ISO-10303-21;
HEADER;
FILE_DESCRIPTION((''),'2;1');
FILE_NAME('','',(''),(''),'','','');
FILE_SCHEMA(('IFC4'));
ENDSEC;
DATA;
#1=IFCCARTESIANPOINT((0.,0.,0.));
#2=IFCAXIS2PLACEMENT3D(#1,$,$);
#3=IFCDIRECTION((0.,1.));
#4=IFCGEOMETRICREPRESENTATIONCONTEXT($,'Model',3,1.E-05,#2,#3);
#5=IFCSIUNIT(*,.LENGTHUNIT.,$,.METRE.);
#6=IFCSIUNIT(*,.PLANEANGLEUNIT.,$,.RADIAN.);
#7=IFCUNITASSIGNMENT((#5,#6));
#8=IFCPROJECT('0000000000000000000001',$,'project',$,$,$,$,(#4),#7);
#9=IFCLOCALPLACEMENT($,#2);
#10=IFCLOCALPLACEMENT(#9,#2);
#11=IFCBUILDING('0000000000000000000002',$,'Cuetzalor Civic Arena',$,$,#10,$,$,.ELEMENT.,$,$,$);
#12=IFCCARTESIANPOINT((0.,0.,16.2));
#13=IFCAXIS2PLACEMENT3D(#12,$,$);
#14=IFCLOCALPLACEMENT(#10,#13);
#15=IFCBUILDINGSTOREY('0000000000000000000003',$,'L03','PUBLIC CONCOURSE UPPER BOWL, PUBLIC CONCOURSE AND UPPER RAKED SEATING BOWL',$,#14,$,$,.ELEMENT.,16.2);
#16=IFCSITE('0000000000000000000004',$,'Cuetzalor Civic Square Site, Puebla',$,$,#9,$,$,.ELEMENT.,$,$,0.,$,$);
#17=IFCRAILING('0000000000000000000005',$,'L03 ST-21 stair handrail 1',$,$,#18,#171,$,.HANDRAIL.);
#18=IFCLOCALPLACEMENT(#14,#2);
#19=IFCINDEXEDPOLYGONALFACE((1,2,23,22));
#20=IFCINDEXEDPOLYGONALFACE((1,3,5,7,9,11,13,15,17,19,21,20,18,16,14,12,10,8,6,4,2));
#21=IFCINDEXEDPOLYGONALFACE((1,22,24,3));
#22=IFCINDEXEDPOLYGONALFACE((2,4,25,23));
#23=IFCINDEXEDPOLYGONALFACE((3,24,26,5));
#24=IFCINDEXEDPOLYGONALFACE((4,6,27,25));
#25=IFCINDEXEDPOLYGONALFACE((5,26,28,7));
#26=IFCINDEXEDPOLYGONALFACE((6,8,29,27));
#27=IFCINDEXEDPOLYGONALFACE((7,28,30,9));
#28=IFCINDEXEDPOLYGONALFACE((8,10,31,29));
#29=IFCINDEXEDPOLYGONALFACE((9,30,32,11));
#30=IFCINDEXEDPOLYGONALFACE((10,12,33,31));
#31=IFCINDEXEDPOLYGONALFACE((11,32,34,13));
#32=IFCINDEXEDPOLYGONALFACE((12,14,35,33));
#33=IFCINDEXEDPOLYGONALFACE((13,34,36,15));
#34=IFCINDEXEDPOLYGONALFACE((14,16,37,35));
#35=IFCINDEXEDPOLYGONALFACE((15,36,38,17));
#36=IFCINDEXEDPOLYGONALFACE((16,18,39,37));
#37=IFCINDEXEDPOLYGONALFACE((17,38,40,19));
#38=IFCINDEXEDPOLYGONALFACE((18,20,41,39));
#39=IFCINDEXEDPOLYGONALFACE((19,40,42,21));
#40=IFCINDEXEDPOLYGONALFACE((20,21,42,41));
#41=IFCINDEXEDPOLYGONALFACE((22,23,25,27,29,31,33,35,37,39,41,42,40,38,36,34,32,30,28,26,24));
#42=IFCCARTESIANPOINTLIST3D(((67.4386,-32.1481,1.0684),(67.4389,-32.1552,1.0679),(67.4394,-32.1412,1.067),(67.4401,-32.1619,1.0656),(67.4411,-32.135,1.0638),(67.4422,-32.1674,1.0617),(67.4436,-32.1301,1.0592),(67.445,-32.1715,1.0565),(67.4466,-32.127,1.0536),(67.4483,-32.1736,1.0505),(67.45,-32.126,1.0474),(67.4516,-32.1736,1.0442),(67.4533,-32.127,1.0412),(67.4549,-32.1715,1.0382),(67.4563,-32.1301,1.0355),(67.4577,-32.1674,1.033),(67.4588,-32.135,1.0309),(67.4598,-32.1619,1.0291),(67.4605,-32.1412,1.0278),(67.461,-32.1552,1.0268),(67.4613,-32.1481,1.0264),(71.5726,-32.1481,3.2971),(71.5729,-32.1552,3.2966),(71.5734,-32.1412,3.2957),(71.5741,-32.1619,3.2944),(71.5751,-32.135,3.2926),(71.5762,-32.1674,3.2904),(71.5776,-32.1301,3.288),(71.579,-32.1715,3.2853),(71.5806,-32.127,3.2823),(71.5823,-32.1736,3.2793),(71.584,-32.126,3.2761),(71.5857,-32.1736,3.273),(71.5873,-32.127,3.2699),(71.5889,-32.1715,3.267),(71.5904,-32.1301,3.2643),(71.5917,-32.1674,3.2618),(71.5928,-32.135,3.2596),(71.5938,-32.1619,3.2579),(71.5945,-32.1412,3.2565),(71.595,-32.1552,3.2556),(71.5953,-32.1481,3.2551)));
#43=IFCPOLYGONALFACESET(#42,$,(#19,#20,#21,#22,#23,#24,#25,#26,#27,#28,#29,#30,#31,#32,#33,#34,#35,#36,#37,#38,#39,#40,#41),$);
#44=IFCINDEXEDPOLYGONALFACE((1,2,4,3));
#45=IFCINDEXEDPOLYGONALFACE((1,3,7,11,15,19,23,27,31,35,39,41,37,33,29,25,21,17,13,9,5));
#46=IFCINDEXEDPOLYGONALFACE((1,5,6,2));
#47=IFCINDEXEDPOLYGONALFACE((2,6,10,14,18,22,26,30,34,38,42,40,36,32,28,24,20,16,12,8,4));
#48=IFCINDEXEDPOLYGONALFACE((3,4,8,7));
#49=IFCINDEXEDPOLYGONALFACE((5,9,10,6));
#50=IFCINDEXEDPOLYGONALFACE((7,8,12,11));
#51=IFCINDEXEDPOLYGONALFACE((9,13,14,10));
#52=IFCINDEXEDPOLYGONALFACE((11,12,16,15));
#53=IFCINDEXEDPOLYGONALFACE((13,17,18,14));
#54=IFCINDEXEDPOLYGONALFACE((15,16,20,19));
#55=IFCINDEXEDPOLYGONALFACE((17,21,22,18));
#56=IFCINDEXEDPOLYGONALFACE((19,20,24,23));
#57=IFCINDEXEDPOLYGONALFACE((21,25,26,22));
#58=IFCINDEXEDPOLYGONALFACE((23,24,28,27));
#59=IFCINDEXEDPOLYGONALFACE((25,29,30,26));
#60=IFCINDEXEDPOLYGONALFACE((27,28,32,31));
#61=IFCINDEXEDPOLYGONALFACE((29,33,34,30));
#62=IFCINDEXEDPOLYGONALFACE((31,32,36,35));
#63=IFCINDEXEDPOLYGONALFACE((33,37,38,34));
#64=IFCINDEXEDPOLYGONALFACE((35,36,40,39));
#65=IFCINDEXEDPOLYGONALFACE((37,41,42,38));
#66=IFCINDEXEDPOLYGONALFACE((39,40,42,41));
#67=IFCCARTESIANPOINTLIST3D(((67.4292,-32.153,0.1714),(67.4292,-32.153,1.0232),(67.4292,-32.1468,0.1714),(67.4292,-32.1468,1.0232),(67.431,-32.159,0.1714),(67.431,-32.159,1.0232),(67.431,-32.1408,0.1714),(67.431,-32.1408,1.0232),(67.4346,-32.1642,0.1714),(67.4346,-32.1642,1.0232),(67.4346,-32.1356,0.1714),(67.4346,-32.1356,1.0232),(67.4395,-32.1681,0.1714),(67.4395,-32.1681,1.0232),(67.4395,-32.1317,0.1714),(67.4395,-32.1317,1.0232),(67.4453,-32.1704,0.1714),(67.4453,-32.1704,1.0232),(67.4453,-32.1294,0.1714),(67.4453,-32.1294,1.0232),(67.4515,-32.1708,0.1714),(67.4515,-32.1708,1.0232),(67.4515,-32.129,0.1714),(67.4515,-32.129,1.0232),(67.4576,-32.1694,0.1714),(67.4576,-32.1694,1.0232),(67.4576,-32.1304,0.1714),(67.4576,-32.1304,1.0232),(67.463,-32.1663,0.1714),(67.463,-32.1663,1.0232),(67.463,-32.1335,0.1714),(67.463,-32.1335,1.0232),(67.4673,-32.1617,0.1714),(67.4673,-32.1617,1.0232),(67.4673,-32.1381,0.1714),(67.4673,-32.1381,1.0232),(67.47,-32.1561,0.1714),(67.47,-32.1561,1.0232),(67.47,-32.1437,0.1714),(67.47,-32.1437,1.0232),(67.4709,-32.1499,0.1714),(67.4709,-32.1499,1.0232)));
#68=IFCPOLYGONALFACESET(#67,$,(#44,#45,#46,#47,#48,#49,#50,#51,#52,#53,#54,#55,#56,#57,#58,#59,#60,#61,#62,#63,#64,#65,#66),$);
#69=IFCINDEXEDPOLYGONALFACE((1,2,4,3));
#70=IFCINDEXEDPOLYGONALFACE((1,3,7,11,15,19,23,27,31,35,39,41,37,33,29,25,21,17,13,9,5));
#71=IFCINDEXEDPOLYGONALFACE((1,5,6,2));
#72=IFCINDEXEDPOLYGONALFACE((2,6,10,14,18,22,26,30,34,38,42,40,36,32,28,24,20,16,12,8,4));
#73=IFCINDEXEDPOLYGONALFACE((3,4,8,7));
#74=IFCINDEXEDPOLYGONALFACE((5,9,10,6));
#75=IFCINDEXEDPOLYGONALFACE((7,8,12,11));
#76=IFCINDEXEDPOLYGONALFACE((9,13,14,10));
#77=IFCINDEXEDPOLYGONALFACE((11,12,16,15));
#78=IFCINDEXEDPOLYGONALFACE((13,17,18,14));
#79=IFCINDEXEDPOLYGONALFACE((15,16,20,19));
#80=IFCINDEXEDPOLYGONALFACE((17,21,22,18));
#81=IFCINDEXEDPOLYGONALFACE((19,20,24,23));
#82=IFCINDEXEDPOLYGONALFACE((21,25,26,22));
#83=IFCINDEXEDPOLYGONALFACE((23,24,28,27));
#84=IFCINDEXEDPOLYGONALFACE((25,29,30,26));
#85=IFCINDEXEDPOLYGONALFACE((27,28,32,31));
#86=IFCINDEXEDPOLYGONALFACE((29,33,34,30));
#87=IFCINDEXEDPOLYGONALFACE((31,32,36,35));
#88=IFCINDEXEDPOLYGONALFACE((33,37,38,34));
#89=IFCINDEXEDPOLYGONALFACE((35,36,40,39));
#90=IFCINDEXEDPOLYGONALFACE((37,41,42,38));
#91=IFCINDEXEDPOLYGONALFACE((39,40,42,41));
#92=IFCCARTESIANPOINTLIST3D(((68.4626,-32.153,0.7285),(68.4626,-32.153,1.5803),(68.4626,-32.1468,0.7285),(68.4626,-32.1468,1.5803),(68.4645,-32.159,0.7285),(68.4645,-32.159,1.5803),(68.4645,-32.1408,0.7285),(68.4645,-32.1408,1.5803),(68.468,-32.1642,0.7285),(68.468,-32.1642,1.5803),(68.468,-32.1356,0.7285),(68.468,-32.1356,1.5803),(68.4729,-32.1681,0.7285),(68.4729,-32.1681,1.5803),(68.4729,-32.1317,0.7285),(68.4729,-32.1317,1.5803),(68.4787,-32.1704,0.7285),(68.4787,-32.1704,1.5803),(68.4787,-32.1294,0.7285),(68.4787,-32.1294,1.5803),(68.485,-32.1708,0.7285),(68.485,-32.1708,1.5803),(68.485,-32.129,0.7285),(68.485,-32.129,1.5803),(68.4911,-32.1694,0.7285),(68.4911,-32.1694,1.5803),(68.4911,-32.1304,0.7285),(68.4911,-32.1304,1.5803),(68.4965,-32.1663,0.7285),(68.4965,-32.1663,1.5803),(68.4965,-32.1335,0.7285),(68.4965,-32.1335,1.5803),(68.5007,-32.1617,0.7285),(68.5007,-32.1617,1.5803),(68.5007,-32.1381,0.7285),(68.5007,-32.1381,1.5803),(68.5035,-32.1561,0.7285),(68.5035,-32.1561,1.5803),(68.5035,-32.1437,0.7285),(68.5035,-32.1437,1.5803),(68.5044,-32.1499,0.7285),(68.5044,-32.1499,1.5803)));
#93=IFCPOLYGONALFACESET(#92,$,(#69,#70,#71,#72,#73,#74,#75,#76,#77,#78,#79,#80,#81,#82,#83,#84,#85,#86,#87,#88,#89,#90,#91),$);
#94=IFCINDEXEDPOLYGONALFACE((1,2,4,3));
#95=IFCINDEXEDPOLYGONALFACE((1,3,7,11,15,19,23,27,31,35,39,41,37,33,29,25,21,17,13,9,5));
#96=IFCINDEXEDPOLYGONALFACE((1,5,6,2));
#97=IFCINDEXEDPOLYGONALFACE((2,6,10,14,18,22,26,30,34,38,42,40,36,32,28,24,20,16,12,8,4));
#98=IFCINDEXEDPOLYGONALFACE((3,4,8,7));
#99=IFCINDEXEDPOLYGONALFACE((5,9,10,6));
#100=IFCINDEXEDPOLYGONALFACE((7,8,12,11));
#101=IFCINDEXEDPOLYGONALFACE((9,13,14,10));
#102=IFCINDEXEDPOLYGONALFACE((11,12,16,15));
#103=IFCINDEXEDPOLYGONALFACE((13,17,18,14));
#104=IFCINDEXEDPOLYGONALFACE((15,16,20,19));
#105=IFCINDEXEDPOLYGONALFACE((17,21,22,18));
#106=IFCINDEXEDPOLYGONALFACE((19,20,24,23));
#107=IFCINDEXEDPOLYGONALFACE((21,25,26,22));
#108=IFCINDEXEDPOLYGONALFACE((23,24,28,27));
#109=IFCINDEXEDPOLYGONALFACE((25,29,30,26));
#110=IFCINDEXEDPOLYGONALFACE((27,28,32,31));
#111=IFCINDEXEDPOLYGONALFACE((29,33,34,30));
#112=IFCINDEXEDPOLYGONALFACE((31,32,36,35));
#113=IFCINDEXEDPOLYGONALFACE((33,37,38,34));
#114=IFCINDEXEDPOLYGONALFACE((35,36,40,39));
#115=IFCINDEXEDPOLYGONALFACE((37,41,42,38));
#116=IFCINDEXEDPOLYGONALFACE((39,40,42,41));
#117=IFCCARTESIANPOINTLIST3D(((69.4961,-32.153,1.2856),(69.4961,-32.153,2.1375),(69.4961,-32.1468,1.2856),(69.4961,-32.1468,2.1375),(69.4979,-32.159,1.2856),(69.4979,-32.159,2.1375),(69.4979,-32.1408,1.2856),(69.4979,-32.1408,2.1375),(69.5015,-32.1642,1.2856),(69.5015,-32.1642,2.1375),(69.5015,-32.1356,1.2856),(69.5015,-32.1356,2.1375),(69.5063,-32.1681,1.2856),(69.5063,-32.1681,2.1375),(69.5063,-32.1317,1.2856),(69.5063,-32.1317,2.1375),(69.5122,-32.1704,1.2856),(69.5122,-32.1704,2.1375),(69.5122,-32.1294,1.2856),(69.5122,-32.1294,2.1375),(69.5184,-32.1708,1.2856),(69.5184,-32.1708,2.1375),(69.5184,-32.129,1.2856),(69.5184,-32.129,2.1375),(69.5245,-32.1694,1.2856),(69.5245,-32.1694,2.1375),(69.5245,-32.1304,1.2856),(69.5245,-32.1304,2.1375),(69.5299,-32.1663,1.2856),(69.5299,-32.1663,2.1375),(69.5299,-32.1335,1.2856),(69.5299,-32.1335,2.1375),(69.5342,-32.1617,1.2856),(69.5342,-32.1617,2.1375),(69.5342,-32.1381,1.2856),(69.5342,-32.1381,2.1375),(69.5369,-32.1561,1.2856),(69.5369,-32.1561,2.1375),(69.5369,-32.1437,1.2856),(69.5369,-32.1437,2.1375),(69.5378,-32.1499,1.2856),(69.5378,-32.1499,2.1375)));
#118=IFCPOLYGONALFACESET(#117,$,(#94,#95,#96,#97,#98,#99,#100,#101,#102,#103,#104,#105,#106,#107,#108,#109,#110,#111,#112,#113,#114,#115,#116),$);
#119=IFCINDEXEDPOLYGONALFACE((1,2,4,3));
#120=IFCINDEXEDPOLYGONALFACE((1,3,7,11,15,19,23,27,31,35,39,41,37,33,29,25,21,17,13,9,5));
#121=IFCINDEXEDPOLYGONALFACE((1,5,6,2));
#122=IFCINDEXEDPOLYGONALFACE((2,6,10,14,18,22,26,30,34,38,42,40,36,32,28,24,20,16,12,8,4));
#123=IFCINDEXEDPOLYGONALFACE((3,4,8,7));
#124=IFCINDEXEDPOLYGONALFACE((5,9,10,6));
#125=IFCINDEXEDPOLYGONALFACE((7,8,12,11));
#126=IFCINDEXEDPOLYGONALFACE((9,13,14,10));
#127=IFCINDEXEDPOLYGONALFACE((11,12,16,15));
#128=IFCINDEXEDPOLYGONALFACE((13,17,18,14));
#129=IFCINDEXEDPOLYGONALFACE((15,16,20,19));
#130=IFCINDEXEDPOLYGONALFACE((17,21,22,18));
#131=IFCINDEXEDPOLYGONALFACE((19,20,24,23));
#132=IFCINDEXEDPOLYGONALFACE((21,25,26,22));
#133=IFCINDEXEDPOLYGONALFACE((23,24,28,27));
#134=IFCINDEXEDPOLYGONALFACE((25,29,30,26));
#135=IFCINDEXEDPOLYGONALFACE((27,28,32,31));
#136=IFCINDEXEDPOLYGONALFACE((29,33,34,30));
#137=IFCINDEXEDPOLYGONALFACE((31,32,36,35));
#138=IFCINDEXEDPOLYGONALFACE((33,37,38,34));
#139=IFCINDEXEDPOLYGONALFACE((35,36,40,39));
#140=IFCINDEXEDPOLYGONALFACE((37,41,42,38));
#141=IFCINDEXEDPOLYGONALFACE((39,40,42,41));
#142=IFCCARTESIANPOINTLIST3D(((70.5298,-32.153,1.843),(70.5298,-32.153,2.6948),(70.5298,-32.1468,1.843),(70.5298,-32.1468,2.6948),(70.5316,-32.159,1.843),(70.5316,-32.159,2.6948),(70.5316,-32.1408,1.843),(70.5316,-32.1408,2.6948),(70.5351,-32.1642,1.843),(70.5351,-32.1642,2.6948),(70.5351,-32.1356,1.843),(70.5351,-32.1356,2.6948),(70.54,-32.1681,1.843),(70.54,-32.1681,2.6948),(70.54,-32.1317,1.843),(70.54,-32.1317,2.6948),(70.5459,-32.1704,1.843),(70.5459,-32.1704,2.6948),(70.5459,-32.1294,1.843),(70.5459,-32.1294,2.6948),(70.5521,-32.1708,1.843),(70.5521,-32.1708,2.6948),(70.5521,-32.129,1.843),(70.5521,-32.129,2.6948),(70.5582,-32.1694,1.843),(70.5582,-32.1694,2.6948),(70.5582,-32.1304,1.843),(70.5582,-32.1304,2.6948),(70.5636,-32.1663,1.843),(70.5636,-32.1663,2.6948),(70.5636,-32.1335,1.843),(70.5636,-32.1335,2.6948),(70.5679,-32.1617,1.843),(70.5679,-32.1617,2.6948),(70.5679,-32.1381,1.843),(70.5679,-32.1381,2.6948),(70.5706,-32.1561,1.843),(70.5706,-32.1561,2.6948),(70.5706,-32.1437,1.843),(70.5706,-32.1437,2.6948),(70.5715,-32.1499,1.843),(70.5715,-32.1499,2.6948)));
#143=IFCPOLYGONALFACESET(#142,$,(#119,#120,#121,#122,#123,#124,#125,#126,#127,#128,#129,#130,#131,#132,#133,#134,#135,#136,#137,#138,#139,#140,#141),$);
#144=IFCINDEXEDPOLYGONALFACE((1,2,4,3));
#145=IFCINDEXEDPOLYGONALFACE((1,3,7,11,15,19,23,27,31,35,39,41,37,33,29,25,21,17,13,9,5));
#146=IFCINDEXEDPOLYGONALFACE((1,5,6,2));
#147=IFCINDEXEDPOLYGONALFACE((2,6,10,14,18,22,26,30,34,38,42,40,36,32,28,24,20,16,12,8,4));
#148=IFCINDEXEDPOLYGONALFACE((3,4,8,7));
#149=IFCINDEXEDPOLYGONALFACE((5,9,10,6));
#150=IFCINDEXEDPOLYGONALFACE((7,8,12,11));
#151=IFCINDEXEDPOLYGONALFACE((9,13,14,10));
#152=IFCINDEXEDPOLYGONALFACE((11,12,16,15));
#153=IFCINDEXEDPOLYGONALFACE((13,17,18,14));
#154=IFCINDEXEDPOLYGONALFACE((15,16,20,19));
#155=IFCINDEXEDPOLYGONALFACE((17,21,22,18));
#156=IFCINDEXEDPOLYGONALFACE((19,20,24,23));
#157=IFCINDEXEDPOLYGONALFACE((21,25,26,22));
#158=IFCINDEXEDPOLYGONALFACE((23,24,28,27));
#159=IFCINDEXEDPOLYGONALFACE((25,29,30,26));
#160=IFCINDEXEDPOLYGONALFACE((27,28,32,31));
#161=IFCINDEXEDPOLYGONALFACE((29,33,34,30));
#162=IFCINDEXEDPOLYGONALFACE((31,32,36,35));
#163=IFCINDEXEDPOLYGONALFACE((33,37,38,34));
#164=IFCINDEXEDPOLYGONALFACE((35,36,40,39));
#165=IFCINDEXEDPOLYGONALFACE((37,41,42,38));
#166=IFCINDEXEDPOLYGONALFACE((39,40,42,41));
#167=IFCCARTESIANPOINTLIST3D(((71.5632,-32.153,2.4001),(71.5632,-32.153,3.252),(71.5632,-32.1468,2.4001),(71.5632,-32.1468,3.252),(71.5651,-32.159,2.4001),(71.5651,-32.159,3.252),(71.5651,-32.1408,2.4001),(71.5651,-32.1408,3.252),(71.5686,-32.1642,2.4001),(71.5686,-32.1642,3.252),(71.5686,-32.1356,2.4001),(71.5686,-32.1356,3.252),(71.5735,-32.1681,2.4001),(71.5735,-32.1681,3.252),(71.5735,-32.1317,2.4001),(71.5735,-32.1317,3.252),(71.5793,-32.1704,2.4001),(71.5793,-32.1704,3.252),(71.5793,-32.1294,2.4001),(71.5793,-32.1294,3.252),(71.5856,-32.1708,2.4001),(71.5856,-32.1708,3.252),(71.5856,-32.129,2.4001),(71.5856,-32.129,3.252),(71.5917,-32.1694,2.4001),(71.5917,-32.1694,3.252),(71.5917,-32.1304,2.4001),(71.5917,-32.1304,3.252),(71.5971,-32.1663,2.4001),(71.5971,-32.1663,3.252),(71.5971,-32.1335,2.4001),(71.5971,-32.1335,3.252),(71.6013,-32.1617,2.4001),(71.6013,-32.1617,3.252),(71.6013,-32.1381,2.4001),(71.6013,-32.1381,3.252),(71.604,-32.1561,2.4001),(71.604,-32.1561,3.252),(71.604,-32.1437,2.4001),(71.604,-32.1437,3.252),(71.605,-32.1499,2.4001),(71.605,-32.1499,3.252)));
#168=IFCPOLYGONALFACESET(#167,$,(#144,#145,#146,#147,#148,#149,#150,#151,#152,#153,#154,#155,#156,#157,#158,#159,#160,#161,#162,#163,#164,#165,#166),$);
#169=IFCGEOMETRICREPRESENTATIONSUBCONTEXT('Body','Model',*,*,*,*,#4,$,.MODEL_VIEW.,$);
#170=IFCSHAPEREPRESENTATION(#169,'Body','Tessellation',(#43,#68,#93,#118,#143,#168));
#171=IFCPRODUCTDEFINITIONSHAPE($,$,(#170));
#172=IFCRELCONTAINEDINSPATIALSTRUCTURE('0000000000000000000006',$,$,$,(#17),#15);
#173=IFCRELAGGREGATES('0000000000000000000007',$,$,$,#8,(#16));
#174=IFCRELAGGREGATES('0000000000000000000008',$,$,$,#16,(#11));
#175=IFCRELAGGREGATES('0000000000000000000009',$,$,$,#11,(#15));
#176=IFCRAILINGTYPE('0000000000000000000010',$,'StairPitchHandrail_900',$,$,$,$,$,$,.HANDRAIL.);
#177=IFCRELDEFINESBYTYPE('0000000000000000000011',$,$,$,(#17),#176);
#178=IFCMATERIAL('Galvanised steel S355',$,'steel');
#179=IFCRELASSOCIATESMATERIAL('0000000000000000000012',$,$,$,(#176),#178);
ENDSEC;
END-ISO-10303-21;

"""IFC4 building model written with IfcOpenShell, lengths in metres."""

from ifc_helpers import new_model, si_unit, direction, frame, origin, origin_2d, place, context, subcontext, project, spatial, circle, extrude, material, type_object, element, save


model = new_model("IFC4")

# Units and contexts
model_context = context("Model", 3, precision=1e-05, world=origin(), true_north=direction((0.0, 1.0)))
body_context = subcontext(model_context, "Body", "Model", "MODEL_VIEW")
ifc_project = project(units=[si_unit("LENGTHUNIT", "METRE"), si_unit("PLANEANGLEUNIT", "RADIAN")], contexts=[model_context])

# Site, building, storey
site_placement = place(None, origin())
site = spatial("IfcSite", under=ifc_project, at=site_placement, Name="Cuetzalor Civic Square Site, Puebla", CompositionType="ELEMENT", RefElevation=0.0)
building_placement = place(site_placement, origin())
building = spatial("IfcBuilding", under=site, at=building_placement, Name="Cuetzalor Civic Arena", CompositionType="ELEMENT")
storey_placement = place(building_placement, frame((0.0, 0.0, 16.2)))
storey = spatial("IfcBuildingStorey", under=building, at=storey_placement, Name="L03", Description="PUBLIC CONCOURSE UPPER BOWL, PUBLIC CONCOURSE AND UPPER RAKED SEATING BOWL", CompositionType="ELEMENT", Elevation=16.2)

# Railing
ifc_material_1 = material(Name="Galvanised steel S355", Category="steel")
railing_type_1 = type_object("IfcRailingType", Name="StairPitchHandrail_900", PredefinedType="HANDRAIL", material=ifc_material_1)
railing_1_placement = place(storey_placement, frame((67.45, -32.1499, 0.1714)))
element("IfcRailing", 1, at=railing_1_placement, inside=storey, type_object=railing_type_1, Name="L03 ST-21 stair handrail 1", PredefinedType="HANDRAIL", context=body_context, shape_type="SweptSolid", body=[
    extrude(circle(Radius=0.0239, at=origin_2d()), frame((0.0, 0.0, 0.876), z_axis=(0.880227, 0.0, 0.474552), x_axis=(0.0, 1.0, 0.0)), (0.0, 0.0, 1.0), 4.6965),
    extrude(circle(Radius=0.021, at=origin_2d()), origin(), (0.0, 0.0, 1.0), 0.8518),
    extrude(circle(Radius=0.021, at=origin_2d()), frame((1.0334, 0.0, 0.5571)), (0.0, 0.0, 1.0), 0.8518),
    extrude(circle(Radius=0.021, at=origin_2d()), frame((2.0669, 0.0, 1.1143)), (0.0, 0.0, 1.0), 0.8518),
    extrude(circle(Radius=0.021, at=origin_2d()), frame((3.1006, 0.0, 1.6716)), (0.0, 0.0, 1.0), 0.8518),
    extrude(circle(Radius=0.021, at=origin_2d()), frame((4.134, 0.0, 2.2288)), (0.0, 0.0, 1.0), 0.8518),
])

save(model, "model.ifc")
